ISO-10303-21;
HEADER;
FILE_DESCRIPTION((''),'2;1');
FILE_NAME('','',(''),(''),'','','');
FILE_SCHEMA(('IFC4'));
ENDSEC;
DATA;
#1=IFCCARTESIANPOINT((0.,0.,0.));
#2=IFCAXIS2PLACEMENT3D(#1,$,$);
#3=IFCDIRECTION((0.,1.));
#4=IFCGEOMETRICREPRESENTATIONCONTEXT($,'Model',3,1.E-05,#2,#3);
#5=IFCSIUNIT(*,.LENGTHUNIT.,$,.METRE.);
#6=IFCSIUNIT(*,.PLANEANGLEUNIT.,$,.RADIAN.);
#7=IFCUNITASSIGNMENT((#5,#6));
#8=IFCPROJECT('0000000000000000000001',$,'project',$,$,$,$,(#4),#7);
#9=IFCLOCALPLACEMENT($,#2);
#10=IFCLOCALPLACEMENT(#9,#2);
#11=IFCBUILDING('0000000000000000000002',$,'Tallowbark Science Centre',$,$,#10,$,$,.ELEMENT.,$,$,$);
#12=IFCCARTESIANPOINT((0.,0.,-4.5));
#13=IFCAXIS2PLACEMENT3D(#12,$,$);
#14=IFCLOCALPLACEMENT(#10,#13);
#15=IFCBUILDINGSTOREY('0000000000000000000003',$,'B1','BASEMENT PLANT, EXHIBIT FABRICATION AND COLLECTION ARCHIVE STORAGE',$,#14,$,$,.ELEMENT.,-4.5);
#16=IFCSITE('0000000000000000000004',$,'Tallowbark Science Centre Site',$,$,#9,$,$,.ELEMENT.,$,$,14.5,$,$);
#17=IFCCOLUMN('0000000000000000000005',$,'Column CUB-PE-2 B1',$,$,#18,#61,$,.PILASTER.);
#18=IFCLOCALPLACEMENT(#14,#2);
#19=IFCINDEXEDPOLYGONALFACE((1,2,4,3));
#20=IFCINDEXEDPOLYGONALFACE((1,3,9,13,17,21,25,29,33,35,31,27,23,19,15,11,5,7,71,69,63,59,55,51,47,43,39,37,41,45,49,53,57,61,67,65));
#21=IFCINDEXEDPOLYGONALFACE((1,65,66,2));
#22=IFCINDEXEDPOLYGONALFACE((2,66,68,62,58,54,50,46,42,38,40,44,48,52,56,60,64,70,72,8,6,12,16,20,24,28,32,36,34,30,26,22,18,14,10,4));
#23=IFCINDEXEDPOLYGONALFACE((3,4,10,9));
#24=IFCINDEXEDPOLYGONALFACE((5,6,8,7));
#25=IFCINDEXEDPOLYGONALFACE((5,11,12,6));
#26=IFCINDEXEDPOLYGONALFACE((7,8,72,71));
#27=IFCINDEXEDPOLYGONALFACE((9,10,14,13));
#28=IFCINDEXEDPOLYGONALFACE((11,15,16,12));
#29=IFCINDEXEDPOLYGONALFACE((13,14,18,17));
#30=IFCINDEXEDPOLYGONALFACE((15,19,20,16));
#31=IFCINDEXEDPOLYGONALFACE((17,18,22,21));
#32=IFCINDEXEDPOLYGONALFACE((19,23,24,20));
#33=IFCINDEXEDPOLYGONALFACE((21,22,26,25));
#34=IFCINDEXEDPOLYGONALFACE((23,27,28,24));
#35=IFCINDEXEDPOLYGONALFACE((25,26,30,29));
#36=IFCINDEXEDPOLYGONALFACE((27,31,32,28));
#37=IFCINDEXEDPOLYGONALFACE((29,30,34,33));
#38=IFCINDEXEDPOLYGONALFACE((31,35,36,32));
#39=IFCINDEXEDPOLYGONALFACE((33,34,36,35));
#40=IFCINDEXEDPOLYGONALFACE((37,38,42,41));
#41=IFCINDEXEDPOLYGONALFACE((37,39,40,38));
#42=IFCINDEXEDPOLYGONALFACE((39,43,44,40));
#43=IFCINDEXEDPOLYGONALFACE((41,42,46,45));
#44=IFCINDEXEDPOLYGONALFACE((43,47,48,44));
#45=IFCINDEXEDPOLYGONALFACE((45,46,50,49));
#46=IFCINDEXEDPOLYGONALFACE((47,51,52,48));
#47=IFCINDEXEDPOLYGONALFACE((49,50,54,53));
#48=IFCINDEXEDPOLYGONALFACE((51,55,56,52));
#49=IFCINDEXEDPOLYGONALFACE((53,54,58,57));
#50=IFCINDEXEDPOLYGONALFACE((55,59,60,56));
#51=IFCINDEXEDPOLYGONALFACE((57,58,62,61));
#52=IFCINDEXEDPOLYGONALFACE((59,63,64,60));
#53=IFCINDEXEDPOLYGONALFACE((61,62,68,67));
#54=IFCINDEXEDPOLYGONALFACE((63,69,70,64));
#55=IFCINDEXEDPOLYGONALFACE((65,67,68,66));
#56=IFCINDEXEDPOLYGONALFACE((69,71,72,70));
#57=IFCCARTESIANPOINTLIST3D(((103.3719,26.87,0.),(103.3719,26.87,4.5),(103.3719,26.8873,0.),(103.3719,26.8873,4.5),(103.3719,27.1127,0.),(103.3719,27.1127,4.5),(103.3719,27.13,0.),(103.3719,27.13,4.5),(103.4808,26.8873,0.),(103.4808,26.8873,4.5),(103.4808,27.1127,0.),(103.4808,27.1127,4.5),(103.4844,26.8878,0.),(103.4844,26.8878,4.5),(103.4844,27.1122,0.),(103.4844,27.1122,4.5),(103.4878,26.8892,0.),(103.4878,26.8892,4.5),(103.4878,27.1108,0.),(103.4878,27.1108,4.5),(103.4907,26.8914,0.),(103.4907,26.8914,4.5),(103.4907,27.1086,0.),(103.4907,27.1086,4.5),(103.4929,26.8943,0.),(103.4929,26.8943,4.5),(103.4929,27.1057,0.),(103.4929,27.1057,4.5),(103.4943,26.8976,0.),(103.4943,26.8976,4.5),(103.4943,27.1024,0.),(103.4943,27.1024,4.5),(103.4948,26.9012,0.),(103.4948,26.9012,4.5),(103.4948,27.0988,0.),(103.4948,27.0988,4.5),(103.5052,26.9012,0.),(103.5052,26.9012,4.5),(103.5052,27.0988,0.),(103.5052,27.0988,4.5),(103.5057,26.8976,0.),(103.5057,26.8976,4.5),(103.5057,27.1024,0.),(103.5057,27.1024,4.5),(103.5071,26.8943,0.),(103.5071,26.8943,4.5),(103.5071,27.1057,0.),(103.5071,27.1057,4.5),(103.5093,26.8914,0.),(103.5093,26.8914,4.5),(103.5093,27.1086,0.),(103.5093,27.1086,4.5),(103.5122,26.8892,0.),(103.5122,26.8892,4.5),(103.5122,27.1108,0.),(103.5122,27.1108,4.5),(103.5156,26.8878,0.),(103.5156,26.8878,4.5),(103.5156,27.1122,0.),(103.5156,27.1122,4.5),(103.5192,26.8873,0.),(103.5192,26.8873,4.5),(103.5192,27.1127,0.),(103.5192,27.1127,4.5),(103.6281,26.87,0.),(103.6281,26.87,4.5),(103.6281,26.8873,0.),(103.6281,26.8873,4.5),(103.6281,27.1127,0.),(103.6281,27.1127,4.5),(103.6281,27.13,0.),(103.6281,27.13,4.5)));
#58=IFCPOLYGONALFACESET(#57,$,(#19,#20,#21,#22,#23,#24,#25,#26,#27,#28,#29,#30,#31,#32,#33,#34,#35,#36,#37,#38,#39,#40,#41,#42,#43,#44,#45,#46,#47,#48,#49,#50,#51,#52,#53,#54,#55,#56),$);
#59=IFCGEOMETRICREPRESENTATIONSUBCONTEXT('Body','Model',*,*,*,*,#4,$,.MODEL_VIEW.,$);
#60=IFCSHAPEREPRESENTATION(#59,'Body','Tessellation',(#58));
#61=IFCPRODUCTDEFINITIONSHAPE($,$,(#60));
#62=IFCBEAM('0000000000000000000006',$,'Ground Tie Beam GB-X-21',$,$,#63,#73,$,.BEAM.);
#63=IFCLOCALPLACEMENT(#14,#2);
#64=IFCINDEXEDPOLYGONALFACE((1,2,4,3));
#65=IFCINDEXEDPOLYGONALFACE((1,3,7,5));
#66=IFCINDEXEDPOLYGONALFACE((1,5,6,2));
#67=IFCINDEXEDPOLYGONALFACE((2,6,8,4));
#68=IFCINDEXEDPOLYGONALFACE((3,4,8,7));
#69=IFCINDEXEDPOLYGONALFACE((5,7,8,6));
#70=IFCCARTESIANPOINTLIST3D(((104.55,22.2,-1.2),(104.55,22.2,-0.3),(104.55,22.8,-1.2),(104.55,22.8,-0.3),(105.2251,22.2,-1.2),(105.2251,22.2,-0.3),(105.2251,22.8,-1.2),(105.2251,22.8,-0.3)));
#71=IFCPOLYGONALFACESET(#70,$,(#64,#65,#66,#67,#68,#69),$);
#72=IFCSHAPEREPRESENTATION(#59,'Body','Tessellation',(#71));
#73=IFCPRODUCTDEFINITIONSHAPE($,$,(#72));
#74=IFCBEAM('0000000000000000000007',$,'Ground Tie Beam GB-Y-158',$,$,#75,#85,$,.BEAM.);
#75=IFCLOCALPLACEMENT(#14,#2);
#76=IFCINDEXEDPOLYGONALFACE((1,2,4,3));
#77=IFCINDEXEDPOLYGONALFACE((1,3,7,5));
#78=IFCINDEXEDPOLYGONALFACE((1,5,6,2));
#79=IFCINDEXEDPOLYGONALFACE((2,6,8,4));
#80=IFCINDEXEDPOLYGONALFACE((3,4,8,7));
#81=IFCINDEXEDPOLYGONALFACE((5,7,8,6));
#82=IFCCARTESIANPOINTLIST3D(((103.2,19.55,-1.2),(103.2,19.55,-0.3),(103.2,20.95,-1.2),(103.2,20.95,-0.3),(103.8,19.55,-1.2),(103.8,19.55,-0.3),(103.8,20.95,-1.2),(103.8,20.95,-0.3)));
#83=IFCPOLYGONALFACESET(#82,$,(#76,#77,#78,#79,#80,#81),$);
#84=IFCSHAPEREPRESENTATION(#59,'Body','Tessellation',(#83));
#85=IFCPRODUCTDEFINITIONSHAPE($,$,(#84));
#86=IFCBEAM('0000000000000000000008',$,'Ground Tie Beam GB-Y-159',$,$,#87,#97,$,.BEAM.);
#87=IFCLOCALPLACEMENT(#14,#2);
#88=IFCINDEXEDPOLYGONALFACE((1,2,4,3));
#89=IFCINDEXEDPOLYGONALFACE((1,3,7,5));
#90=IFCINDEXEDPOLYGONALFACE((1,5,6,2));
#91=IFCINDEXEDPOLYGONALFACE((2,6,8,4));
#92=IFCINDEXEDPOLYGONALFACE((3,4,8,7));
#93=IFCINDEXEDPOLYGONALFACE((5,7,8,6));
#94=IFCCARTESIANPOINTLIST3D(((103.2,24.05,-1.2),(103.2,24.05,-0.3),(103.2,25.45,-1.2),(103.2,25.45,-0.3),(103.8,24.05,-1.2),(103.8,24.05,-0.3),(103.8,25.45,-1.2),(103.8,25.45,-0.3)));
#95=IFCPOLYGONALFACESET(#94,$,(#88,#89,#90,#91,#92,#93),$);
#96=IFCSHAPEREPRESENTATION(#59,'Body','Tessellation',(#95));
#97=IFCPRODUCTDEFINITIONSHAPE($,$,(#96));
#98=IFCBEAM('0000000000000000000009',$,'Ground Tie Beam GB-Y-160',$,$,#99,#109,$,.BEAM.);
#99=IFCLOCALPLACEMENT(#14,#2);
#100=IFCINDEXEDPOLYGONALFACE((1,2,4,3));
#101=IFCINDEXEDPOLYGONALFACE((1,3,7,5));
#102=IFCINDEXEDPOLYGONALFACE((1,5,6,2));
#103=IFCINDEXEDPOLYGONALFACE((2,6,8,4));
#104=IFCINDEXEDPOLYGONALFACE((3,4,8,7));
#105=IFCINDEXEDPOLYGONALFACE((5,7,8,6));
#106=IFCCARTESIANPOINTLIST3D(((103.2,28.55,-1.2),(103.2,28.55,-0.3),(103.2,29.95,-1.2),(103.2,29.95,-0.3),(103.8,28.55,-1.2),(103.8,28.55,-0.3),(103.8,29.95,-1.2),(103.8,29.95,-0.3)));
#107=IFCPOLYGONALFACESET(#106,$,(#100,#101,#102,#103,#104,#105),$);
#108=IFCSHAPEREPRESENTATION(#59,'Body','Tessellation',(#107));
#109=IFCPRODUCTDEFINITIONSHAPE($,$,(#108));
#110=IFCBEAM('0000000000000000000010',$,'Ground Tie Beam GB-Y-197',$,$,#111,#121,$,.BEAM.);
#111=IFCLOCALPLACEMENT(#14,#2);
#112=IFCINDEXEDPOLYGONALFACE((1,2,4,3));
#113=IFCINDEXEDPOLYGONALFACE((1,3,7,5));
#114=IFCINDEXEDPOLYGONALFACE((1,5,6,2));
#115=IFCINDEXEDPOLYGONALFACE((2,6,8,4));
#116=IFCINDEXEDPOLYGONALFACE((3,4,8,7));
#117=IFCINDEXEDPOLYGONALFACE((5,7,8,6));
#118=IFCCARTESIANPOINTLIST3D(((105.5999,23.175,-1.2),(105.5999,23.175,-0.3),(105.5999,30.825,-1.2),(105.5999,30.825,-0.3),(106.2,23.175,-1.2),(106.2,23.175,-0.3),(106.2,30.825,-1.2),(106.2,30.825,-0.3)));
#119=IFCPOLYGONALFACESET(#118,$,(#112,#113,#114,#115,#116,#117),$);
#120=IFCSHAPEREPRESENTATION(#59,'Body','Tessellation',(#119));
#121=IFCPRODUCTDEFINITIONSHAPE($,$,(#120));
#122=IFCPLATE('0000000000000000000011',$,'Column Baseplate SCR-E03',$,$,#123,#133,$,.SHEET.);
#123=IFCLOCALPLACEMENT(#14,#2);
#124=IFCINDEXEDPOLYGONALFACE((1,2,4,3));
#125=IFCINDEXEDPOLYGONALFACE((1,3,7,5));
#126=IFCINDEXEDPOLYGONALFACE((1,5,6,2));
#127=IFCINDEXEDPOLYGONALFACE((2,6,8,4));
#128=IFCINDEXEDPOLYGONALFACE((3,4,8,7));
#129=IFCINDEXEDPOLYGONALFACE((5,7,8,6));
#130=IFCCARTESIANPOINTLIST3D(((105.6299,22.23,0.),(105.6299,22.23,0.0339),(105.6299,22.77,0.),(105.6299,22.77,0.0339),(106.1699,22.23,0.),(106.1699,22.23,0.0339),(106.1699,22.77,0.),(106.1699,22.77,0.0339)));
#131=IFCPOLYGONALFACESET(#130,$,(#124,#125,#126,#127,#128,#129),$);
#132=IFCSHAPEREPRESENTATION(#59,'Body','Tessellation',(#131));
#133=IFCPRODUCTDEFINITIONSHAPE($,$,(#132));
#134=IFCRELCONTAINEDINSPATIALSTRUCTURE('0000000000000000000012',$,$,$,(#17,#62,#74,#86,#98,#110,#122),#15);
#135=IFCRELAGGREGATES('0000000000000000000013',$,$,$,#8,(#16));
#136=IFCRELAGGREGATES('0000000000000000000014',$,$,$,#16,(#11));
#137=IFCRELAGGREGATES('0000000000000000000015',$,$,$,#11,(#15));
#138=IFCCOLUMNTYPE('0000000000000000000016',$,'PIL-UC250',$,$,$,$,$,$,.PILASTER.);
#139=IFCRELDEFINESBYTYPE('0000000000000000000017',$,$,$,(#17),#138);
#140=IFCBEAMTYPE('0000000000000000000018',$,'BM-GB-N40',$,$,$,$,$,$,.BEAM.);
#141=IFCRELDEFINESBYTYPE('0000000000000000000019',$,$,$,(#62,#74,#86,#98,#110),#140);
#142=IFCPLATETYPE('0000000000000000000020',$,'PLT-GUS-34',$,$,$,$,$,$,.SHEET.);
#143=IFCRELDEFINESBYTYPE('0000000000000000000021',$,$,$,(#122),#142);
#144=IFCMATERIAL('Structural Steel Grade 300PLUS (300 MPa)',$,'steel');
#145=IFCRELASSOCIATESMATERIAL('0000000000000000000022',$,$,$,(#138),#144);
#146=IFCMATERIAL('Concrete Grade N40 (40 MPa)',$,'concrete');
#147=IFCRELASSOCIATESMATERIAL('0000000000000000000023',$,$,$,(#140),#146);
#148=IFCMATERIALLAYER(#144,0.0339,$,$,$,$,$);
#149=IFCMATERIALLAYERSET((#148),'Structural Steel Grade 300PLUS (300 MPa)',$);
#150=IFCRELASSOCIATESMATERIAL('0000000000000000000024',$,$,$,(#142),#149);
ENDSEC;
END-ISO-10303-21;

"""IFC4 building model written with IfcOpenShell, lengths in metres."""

from ifc_helpers import new_model, si_unit, direction, frame, origin, origin_2d, place, context, subcontext, project, spatial, rectangle, i_section, extrude, material, layer, layer_set, material_profile, profile_set, type_object, element, save


model = new_model("IFC4")

# Units and contexts
model_context = context("Model", 3, precision=1e-05, world=origin(), true_north=direction((0.0, 1.0)))
body_context = subcontext(model_context, "Body", "Model", "MODEL_VIEW")
ifc_project = project(units=[si_unit("LENGTHUNIT", "METRE"), si_unit("PLANEANGLEUNIT", "RADIAN")], contexts=[model_context])

# Site, building, storey
site_placement = place(None, origin())
site = spatial("IfcSite", under=ifc_project, at=site_placement, Name="Tallowbark Science Centre Site", CompositionType="ELEMENT", RefElevation=14.5)
building_placement = place(site_placement, origin())
building = spatial("IfcBuilding", under=site, at=building_placement, Name="Tallowbark Science Centre", CompositionType="ELEMENT")
storey_placement = place(building_placement, frame((0.0, 0.0, -4.5)))
storey = spatial("IfcBuildingStorey", under=building, at=storey_placement, Name="B1", Description="BASEMENT PLANT, EXHIBIT FABRICATION AND COLLECTION ARCHIVE STORAGE", CompositionType="ELEMENT", Elevation=-4.5)

# Shared definitions
ifc_material_1 = material(Name="Concrete Grade N40 (40 MPa)", Category="concrete")

# Column
ifc_material_2 = material(Name="Structural Steel Grade 300PLUS (300 MPa)", Category="steel")
ifc_material_profile_1 = material_profile(ifc_material_2, i_section(OverallWidth=0.2561, OverallDepth=0.26, WebThickness=0.0105, FlangeThickness=0.0173, FilletRadius=0.0139, at=origin_2d()), Name="250UC89.5")
ifc_profile_set_1 = profile_set([ifc_material_profile_1], Name="Structural Steel Grade 300PLUS (300 MPa)")
column_type_1 = type_object("IfcColumnType", Name="PIL-UC250", PredefinedType="PILASTER", material=ifc_profile_set_1)
column_1_placement = place(storey_placement, frame((103.5, 27.0, 0.0), z_axis=(0.0, 0.0, 1.0), x_axis=(1.0, 0.0, 0.0)))
element("IfcColumn", 1, at=column_1_placement, inside=storey, type_object=column_type_1, Name="Column CUB-PE-2 B1", PredefinedType="PILASTER", context=body_context, shape_type="SweptSolid", body=[
    extrude(i_section(OverallWidth=0.2561, OverallDepth=0.26, WebThickness=0.0105, FlangeThickness=0.0173, FilletRadius=0.0139, at=origin_2d()), origin(), (0.0, 0.0, 1.0), 4.5),
])

# Beams
ifc_material_profile_2 = material_profile(ifc_material_1, rectangle(XDim=0.6001, YDim=0.8999, at=origin_2d()), Name="RC600x900")
ifc_profile_set_2 = profile_set([ifc_material_profile_2], Name="Concrete Grade N40 (40 MPa)")
beam_type = type_object("IfcBeamType", Name="BM-GB-N40", PredefinedType="BEAM", material=ifc_profile_set_2)
beam_1_placement = place(storey_placement, frame((104.55, 22.5, -0.75), z_axis=(1.0, 0.0, 0.0), x_axis=(0.0, 1.0, 0.0)))
element("IfcBeam", 2, at=beam_1_placement, inside=storey, type_object=beam_type, Name="Ground Tie Beam GB-X-21", PredefinedType="BEAM", context=body_context, shape_type="SweptSolid", body=[
    extrude(rectangle(XDim=0.6001, YDim=0.8999, at=origin_2d()), origin(), (0.0, 0.0, 1.0), 0.675),
])
for number, where, z_axis, x_axis, name in (
    (3, (103.5, 19.55, -0.75), (0.0, 1.0, 0.0), (-1.0, 0.0, 0.0), "Ground Tie Beam GB-Y-158"),
    (4, (103.5, 24.05, -0.75), (0.0, 1.0, 0.0), (-1.0, 0.0, 0.0), "Ground Tie Beam GB-Y-159"),
    (5, (103.5, 28.55, -0.75), (0.0, 1.0, 0.0), (-1.0, 0.0, 0.0), "Ground Tie Beam GB-Y-160"),
):
    element("IfcBeam", number, at=place(storey_placement, frame(where, z_axis=z_axis, x_axis=x_axis)), inside=storey, type_object=beam_type, Name=name, PredefinedType="BEAM", context=body_context, shape_type="SweptSolid", body=[
        extrude(rectangle(XDim=0.6001, YDim=0.8999, at=origin_2d()), origin(), (0.0, 0.0, 1.0), 1.3999),
    ])
beam_2_placement = place(storey_placement, frame((105.8999, 23.175, -0.75), z_axis=(0.0, 1.0, 0.0), x_axis=(-1.0, 0.0, 0.0)))
element("IfcBeam", 6, at=beam_2_placement, inside=storey, type_object=beam_type, Name="Ground Tie Beam GB-Y-197", PredefinedType="BEAM", context=body_context, shape_type="SweptSolid", body=[
    extrude(rectangle(XDim=0.6001, YDim=0.8999, at=origin_2d()), origin(), (0.0, 0.0, 1.0), 7.6499),
])

# Plate
ifc_layer = layer(ifc_material_2, 0.0339)
ifc_layer_set = layer_set([ifc_layer], Name="Structural Steel Grade 300PLUS (300 MPa)")
plate_type = type_object("IfcPlateType", Name="PLT-GUS-34", PredefinedType="SHEET", material=ifc_layer_set)
plate_placement = place(storey_placement, frame((105.8999, 22.5, 0.0), z_axis=(0.0, 0.0, 1.0), x_axis=(1.0, 0.0, 0.0)))
element("IfcPlate", 7, at=plate_placement, inside=storey, type_object=plate_type, Name="Column Baseplate SCR-E03", PredefinedType="SHEET", context=body_context, shape_type="SweptSolid", body=[
    extrude(rectangle(XDim=0.54, YDim=0.54, at=origin_2d()), origin(), (0.0, 0.0, 1.0), 0.0339),
])

save(model, "model.ifc")
